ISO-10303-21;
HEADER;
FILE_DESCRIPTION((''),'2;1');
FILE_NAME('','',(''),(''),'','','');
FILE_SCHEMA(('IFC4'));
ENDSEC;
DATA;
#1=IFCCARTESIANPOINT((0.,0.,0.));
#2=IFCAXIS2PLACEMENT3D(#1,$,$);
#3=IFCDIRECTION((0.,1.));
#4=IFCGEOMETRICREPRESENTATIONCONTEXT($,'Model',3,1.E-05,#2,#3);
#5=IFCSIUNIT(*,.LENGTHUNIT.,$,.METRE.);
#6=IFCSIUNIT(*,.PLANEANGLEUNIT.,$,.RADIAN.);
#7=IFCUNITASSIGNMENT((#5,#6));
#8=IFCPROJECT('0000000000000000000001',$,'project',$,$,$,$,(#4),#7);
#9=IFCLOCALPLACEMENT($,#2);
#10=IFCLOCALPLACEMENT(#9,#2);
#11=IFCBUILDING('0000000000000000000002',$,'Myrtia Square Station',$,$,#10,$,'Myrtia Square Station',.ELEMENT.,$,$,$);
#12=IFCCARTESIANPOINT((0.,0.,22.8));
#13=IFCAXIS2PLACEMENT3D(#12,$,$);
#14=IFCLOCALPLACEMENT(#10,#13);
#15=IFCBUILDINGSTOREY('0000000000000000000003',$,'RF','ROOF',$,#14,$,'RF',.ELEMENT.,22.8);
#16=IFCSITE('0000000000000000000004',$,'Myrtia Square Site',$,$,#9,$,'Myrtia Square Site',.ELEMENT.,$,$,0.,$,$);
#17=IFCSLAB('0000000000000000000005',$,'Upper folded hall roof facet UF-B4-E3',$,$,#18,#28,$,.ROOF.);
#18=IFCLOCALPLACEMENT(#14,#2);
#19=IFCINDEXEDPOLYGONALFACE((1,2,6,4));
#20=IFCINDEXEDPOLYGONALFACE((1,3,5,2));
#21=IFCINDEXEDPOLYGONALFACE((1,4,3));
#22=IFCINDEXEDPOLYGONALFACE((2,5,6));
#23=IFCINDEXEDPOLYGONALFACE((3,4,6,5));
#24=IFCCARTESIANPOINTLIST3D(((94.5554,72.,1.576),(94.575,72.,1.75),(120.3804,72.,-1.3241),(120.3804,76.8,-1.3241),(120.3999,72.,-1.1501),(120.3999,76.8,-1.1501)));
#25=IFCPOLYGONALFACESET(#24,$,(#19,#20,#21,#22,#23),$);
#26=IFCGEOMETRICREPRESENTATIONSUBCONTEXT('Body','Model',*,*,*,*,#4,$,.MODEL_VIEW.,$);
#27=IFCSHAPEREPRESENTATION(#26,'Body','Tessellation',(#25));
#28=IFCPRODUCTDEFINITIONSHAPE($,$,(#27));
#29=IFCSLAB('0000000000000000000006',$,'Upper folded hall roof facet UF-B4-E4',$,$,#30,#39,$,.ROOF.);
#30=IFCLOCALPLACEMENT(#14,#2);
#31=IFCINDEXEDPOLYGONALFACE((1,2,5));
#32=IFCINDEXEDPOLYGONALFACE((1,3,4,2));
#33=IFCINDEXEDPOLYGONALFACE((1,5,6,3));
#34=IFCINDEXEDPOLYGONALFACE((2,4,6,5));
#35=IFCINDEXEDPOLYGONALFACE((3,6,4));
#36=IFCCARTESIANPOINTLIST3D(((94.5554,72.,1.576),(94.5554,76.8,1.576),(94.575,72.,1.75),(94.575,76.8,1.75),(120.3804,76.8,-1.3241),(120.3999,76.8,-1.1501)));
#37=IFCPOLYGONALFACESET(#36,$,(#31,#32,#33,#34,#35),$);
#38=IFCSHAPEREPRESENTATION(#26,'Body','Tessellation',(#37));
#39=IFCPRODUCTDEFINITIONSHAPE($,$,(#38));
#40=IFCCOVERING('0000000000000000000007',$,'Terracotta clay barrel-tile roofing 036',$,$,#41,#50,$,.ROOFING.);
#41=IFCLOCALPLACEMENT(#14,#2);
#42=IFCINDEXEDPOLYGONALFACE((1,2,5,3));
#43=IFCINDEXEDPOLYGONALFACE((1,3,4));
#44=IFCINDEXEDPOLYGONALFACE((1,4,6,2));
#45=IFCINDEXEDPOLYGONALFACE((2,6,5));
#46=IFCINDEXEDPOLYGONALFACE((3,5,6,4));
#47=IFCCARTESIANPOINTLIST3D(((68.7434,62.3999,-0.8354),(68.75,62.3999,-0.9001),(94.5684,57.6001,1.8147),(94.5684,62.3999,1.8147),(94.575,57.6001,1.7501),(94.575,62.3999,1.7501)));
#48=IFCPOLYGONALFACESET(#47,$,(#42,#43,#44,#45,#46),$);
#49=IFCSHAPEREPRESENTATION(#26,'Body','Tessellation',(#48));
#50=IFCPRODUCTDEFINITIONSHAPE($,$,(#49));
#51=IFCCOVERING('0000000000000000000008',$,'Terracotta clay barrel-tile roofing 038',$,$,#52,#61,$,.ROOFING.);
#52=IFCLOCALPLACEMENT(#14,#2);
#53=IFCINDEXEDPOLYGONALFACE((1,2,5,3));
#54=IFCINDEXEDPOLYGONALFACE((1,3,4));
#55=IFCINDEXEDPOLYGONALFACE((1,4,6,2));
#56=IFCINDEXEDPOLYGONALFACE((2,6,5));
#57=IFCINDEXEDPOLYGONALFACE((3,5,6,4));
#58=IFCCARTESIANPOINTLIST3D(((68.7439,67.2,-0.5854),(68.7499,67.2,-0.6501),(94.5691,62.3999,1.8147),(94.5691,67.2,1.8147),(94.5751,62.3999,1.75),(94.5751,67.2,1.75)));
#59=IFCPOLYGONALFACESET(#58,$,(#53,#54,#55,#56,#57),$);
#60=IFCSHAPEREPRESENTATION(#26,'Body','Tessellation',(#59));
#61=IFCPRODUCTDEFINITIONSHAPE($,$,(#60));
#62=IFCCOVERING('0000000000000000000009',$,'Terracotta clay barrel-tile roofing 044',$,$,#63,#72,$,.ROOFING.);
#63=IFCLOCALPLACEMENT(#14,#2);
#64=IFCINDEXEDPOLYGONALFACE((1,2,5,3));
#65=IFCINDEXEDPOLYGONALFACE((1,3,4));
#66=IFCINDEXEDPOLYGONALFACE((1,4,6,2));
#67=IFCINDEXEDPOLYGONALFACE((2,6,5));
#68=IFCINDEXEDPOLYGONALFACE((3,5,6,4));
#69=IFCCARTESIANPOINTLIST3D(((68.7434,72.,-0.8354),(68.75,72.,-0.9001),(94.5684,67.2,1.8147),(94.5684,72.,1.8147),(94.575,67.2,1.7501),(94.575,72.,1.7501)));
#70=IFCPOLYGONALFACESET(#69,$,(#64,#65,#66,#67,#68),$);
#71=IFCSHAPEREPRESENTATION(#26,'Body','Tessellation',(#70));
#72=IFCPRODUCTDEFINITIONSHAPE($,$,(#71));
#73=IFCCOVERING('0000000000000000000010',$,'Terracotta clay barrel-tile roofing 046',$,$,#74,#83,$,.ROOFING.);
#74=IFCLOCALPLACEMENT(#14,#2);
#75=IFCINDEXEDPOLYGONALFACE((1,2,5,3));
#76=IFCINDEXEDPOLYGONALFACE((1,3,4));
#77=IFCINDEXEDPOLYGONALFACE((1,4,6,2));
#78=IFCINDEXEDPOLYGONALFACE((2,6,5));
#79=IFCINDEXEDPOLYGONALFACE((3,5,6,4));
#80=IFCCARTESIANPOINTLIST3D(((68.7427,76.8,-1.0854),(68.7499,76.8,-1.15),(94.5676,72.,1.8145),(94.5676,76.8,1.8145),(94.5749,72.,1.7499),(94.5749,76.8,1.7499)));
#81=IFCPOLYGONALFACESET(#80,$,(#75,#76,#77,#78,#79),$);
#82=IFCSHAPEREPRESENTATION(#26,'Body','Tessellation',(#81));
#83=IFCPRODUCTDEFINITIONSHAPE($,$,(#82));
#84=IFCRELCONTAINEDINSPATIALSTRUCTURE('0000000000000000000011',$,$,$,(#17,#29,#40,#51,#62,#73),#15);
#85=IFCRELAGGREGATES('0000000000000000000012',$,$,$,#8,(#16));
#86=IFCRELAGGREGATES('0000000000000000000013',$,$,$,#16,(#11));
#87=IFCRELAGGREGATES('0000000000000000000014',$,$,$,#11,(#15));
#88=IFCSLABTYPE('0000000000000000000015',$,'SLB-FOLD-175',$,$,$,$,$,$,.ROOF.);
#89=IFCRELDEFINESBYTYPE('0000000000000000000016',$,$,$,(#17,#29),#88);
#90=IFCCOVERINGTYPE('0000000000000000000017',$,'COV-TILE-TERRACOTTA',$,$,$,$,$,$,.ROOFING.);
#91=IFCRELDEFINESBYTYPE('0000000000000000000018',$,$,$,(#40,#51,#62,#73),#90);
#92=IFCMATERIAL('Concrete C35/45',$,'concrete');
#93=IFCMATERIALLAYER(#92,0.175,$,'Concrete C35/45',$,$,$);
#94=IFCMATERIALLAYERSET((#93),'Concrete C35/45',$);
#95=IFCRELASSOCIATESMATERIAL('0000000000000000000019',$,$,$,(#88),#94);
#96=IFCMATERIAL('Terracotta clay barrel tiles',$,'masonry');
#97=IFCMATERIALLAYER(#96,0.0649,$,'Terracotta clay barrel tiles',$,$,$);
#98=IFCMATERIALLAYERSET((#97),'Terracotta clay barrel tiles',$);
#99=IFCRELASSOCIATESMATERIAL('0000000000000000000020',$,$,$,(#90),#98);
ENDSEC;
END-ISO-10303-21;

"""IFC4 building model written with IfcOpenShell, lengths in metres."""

from ifc_helpers import new_model, si_unit, direction, frame, origin, place, context, subcontext, project, spatial, polyline, outline, extrude, material, layer, layer_set, type_object, element, save


model = new_model("IFC4")

# Units and contexts
model_context = context("Model", 3, precision=1e-05, world=origin(), true_north=direction((0.0, 1.0)))
body_context = subcontext(model_context, "Body", "Model", "MODEL_VIEW")
ifc_project = project(units=[si_unit("LENGTHUNIT", "METRE"), si_unit("PLANEANGLEUNIT", "RADIAN")], contexts=[model_context])

# Site, building, storey
site_placement = place(None, origin())
site = spatial("IfcSite", under=ifc_project, at=site_placement, Name="Myrtia Square Site", LongName="Myrtia Square Site", CompositionType="ELEMENT", RefElevation=0.0)
building_placement = place(site_placement, origin())
building = spatial("IfcBuilding", under=site, at=building_placement, Name="Myrtia Square Station", LongName="Myrtia Square Station", CompositionType="ELEMENT")
storey_placement = place(building_placement, frame((0.0, 0.0, 22.8)))
storey = spatial("IfcBuildingStorey", under=building, at=storey_placement, Name="RF", Description="ROOF", LongName="RF", CompositionType="ELEMENT", Elevation=22.8)

# Slabs
ifc_material_1 = material(Name="Concrete C35/45", Category="concrete")
ifc_layer_1 = layer(ifc_material_1, 0.175, Name="Concrete C35/45")
ifc_layer_set_1 = layer_set([ifc_layer_1], Name="Concrete C35/45")
slab_type = type_object("IfcSlabType", Name="SLB-FOLD-175", PredefinedType="ROOF", material=ifc_layer_set_1)
slab_1_placement = place(storey_placement, frame((94.575, 72.0, 1.75), z_axis=(0.111599, 0.0, 0.993753), x_axis=(0.993753, 0.0, -0.111599)))
element("IfcSlab", 1, at=slab_1_placement, inside=storey, type_object=slab_type, Name="Upper folded hall roof facet UF-B4-E3", PredefinedType="ROOF", context=body_context, shape_type="SweptSolid", body=[
    extrude(outline(polyline([(0.0, 0.0), (25.9873, 0.0), (25.9873, 4.8), (0.0, 0.0)])), origin(), (0.0, 0.0, -1.0), 0.175),
])
slab_2_placement = place(storey_placement, frame((94.575, 72.0, 1.75), z_axis=(0.111599, 0.0, 0.993753), x_axis=(0.977223, 0.181635, -0.109742)))
element("IfcSlab", 2, at=slab_2_placement, inside=storey, type_object=slab_type, Name="Upper folded hall roof facet UF-B4-E4", PredefinedType="ROOF", context=body_context, shape_type="SweptSolid", body=[
    extrude(outline(polyline([(0.0, 0.0), (26.4269, 0.0), (0.8719, 4.7202), (0.0, 0.0)])), origin(), (0.0, 0.0, -1.0), 0.175),
])

# Coverings
ifc_material_2 = material(Name="Terracotta clay barrel tiles", Category="masonry")
ifc_layer_2 = layer(ifc_material_2, 0.0649, Name="Terracotta clay barrel tiles")
ifc_layer_set_2 = layer_set([ifc_layer_2], Name="Terracotta clay barrel tiles")
covering_type = type_object("IfcCoveringType", Name="COV-TILE-TERRACOTTA", PredefinedType="ROOFING", material=ifc_layer_set_2)
covering_1_placement = place(storey_placement, frame((94.5684, 57.6001, 1.8147), z_axis=(-0.102084, 0.0, 0.994776), x_axis=(0.0, 1.0, 0.0)))
element("IfcCovering", 3, at=covering_1_placement, inside=storey, type_object=covering_type, Name="Terracotta clay barrel-tile roofing 036", PredefinedType="ROOFING", context=body_context, shape_type="SweptSolid", body=[
    extrude(outline(polyline([(0.0, 0.0), (4.7998, 0.0), (4.7998, 25.9606), (0.0, 0.0)])), origin(), (0.0, 0.0, -1.0), 0.0649),
])
covering_2_placement = place(storey_placement, frame((94.5691, 62.3999, 1.8147), z_axis=(-0.092539, 0.0, 0.995709), x_axis=(0.0, 1.0, 0.0)))
element("IfcCovering", 4, at=covering_2_placement, inside=storey, type_object=covering_type, Name="Terracotta clay barrel-tile roofing 038", PredefinedType="ROOFING", context=body_context, shape_type="SweptSolid", body=[
    extrude(outline(polyline([(0.0, 0.0), (4.8, 0.0), (4.8, 25.9365), (0.0, 0.0)])), origin(), (0.0, 0.0, -1.0), 0.0649),
])
covering_3_placement = place(storey_placement, frame((94.5684, 67.2, 1.8147), z_axis=(-0.102084, 0.0, 0.994776), x_axis=(0.0, 1.0, 0.0)))
element("IfcCovering", 5, at=covering_3_placement, inside=storey, type_object=covering_type, Name="Terracotta clay barrel-tile roofing 044", PredefinedType="ROOFING", context=body_context, shape_type="SweptSolid", body=[
    extrude(outline(polyline([(0.0, 0.0), (4.8, 0.0), (4.8, 25.9606), (0.0, 0.0)])), origin(), (0.0, 0.0, -1.0), 0.0649),
])
covering_4_placement = place(storey_placement, frame((94.5676, 72.0, 1.8145), z_axis=(-0.111589, 0.0, 0.993754), x_axis=(0.0, 1.0, 0.0)))
element("IfcCovering", 6, at=covering_4_placement, inside=storey, type_object=covering_type, Name="Terracotta clay barrel-tile roofing 046", PredefinedType="ROOFING", context=body_context, shape_type="SweptSolid", body=[
    extrude(outline(polyline([(0.0, 0.0), (4.8, 0.0), (4.8, 25.9873), (0.0, 0.0)])), origin(), (0.0, 0.0, -1.0), 0.0649),
])

save(model, "model.ifc")
